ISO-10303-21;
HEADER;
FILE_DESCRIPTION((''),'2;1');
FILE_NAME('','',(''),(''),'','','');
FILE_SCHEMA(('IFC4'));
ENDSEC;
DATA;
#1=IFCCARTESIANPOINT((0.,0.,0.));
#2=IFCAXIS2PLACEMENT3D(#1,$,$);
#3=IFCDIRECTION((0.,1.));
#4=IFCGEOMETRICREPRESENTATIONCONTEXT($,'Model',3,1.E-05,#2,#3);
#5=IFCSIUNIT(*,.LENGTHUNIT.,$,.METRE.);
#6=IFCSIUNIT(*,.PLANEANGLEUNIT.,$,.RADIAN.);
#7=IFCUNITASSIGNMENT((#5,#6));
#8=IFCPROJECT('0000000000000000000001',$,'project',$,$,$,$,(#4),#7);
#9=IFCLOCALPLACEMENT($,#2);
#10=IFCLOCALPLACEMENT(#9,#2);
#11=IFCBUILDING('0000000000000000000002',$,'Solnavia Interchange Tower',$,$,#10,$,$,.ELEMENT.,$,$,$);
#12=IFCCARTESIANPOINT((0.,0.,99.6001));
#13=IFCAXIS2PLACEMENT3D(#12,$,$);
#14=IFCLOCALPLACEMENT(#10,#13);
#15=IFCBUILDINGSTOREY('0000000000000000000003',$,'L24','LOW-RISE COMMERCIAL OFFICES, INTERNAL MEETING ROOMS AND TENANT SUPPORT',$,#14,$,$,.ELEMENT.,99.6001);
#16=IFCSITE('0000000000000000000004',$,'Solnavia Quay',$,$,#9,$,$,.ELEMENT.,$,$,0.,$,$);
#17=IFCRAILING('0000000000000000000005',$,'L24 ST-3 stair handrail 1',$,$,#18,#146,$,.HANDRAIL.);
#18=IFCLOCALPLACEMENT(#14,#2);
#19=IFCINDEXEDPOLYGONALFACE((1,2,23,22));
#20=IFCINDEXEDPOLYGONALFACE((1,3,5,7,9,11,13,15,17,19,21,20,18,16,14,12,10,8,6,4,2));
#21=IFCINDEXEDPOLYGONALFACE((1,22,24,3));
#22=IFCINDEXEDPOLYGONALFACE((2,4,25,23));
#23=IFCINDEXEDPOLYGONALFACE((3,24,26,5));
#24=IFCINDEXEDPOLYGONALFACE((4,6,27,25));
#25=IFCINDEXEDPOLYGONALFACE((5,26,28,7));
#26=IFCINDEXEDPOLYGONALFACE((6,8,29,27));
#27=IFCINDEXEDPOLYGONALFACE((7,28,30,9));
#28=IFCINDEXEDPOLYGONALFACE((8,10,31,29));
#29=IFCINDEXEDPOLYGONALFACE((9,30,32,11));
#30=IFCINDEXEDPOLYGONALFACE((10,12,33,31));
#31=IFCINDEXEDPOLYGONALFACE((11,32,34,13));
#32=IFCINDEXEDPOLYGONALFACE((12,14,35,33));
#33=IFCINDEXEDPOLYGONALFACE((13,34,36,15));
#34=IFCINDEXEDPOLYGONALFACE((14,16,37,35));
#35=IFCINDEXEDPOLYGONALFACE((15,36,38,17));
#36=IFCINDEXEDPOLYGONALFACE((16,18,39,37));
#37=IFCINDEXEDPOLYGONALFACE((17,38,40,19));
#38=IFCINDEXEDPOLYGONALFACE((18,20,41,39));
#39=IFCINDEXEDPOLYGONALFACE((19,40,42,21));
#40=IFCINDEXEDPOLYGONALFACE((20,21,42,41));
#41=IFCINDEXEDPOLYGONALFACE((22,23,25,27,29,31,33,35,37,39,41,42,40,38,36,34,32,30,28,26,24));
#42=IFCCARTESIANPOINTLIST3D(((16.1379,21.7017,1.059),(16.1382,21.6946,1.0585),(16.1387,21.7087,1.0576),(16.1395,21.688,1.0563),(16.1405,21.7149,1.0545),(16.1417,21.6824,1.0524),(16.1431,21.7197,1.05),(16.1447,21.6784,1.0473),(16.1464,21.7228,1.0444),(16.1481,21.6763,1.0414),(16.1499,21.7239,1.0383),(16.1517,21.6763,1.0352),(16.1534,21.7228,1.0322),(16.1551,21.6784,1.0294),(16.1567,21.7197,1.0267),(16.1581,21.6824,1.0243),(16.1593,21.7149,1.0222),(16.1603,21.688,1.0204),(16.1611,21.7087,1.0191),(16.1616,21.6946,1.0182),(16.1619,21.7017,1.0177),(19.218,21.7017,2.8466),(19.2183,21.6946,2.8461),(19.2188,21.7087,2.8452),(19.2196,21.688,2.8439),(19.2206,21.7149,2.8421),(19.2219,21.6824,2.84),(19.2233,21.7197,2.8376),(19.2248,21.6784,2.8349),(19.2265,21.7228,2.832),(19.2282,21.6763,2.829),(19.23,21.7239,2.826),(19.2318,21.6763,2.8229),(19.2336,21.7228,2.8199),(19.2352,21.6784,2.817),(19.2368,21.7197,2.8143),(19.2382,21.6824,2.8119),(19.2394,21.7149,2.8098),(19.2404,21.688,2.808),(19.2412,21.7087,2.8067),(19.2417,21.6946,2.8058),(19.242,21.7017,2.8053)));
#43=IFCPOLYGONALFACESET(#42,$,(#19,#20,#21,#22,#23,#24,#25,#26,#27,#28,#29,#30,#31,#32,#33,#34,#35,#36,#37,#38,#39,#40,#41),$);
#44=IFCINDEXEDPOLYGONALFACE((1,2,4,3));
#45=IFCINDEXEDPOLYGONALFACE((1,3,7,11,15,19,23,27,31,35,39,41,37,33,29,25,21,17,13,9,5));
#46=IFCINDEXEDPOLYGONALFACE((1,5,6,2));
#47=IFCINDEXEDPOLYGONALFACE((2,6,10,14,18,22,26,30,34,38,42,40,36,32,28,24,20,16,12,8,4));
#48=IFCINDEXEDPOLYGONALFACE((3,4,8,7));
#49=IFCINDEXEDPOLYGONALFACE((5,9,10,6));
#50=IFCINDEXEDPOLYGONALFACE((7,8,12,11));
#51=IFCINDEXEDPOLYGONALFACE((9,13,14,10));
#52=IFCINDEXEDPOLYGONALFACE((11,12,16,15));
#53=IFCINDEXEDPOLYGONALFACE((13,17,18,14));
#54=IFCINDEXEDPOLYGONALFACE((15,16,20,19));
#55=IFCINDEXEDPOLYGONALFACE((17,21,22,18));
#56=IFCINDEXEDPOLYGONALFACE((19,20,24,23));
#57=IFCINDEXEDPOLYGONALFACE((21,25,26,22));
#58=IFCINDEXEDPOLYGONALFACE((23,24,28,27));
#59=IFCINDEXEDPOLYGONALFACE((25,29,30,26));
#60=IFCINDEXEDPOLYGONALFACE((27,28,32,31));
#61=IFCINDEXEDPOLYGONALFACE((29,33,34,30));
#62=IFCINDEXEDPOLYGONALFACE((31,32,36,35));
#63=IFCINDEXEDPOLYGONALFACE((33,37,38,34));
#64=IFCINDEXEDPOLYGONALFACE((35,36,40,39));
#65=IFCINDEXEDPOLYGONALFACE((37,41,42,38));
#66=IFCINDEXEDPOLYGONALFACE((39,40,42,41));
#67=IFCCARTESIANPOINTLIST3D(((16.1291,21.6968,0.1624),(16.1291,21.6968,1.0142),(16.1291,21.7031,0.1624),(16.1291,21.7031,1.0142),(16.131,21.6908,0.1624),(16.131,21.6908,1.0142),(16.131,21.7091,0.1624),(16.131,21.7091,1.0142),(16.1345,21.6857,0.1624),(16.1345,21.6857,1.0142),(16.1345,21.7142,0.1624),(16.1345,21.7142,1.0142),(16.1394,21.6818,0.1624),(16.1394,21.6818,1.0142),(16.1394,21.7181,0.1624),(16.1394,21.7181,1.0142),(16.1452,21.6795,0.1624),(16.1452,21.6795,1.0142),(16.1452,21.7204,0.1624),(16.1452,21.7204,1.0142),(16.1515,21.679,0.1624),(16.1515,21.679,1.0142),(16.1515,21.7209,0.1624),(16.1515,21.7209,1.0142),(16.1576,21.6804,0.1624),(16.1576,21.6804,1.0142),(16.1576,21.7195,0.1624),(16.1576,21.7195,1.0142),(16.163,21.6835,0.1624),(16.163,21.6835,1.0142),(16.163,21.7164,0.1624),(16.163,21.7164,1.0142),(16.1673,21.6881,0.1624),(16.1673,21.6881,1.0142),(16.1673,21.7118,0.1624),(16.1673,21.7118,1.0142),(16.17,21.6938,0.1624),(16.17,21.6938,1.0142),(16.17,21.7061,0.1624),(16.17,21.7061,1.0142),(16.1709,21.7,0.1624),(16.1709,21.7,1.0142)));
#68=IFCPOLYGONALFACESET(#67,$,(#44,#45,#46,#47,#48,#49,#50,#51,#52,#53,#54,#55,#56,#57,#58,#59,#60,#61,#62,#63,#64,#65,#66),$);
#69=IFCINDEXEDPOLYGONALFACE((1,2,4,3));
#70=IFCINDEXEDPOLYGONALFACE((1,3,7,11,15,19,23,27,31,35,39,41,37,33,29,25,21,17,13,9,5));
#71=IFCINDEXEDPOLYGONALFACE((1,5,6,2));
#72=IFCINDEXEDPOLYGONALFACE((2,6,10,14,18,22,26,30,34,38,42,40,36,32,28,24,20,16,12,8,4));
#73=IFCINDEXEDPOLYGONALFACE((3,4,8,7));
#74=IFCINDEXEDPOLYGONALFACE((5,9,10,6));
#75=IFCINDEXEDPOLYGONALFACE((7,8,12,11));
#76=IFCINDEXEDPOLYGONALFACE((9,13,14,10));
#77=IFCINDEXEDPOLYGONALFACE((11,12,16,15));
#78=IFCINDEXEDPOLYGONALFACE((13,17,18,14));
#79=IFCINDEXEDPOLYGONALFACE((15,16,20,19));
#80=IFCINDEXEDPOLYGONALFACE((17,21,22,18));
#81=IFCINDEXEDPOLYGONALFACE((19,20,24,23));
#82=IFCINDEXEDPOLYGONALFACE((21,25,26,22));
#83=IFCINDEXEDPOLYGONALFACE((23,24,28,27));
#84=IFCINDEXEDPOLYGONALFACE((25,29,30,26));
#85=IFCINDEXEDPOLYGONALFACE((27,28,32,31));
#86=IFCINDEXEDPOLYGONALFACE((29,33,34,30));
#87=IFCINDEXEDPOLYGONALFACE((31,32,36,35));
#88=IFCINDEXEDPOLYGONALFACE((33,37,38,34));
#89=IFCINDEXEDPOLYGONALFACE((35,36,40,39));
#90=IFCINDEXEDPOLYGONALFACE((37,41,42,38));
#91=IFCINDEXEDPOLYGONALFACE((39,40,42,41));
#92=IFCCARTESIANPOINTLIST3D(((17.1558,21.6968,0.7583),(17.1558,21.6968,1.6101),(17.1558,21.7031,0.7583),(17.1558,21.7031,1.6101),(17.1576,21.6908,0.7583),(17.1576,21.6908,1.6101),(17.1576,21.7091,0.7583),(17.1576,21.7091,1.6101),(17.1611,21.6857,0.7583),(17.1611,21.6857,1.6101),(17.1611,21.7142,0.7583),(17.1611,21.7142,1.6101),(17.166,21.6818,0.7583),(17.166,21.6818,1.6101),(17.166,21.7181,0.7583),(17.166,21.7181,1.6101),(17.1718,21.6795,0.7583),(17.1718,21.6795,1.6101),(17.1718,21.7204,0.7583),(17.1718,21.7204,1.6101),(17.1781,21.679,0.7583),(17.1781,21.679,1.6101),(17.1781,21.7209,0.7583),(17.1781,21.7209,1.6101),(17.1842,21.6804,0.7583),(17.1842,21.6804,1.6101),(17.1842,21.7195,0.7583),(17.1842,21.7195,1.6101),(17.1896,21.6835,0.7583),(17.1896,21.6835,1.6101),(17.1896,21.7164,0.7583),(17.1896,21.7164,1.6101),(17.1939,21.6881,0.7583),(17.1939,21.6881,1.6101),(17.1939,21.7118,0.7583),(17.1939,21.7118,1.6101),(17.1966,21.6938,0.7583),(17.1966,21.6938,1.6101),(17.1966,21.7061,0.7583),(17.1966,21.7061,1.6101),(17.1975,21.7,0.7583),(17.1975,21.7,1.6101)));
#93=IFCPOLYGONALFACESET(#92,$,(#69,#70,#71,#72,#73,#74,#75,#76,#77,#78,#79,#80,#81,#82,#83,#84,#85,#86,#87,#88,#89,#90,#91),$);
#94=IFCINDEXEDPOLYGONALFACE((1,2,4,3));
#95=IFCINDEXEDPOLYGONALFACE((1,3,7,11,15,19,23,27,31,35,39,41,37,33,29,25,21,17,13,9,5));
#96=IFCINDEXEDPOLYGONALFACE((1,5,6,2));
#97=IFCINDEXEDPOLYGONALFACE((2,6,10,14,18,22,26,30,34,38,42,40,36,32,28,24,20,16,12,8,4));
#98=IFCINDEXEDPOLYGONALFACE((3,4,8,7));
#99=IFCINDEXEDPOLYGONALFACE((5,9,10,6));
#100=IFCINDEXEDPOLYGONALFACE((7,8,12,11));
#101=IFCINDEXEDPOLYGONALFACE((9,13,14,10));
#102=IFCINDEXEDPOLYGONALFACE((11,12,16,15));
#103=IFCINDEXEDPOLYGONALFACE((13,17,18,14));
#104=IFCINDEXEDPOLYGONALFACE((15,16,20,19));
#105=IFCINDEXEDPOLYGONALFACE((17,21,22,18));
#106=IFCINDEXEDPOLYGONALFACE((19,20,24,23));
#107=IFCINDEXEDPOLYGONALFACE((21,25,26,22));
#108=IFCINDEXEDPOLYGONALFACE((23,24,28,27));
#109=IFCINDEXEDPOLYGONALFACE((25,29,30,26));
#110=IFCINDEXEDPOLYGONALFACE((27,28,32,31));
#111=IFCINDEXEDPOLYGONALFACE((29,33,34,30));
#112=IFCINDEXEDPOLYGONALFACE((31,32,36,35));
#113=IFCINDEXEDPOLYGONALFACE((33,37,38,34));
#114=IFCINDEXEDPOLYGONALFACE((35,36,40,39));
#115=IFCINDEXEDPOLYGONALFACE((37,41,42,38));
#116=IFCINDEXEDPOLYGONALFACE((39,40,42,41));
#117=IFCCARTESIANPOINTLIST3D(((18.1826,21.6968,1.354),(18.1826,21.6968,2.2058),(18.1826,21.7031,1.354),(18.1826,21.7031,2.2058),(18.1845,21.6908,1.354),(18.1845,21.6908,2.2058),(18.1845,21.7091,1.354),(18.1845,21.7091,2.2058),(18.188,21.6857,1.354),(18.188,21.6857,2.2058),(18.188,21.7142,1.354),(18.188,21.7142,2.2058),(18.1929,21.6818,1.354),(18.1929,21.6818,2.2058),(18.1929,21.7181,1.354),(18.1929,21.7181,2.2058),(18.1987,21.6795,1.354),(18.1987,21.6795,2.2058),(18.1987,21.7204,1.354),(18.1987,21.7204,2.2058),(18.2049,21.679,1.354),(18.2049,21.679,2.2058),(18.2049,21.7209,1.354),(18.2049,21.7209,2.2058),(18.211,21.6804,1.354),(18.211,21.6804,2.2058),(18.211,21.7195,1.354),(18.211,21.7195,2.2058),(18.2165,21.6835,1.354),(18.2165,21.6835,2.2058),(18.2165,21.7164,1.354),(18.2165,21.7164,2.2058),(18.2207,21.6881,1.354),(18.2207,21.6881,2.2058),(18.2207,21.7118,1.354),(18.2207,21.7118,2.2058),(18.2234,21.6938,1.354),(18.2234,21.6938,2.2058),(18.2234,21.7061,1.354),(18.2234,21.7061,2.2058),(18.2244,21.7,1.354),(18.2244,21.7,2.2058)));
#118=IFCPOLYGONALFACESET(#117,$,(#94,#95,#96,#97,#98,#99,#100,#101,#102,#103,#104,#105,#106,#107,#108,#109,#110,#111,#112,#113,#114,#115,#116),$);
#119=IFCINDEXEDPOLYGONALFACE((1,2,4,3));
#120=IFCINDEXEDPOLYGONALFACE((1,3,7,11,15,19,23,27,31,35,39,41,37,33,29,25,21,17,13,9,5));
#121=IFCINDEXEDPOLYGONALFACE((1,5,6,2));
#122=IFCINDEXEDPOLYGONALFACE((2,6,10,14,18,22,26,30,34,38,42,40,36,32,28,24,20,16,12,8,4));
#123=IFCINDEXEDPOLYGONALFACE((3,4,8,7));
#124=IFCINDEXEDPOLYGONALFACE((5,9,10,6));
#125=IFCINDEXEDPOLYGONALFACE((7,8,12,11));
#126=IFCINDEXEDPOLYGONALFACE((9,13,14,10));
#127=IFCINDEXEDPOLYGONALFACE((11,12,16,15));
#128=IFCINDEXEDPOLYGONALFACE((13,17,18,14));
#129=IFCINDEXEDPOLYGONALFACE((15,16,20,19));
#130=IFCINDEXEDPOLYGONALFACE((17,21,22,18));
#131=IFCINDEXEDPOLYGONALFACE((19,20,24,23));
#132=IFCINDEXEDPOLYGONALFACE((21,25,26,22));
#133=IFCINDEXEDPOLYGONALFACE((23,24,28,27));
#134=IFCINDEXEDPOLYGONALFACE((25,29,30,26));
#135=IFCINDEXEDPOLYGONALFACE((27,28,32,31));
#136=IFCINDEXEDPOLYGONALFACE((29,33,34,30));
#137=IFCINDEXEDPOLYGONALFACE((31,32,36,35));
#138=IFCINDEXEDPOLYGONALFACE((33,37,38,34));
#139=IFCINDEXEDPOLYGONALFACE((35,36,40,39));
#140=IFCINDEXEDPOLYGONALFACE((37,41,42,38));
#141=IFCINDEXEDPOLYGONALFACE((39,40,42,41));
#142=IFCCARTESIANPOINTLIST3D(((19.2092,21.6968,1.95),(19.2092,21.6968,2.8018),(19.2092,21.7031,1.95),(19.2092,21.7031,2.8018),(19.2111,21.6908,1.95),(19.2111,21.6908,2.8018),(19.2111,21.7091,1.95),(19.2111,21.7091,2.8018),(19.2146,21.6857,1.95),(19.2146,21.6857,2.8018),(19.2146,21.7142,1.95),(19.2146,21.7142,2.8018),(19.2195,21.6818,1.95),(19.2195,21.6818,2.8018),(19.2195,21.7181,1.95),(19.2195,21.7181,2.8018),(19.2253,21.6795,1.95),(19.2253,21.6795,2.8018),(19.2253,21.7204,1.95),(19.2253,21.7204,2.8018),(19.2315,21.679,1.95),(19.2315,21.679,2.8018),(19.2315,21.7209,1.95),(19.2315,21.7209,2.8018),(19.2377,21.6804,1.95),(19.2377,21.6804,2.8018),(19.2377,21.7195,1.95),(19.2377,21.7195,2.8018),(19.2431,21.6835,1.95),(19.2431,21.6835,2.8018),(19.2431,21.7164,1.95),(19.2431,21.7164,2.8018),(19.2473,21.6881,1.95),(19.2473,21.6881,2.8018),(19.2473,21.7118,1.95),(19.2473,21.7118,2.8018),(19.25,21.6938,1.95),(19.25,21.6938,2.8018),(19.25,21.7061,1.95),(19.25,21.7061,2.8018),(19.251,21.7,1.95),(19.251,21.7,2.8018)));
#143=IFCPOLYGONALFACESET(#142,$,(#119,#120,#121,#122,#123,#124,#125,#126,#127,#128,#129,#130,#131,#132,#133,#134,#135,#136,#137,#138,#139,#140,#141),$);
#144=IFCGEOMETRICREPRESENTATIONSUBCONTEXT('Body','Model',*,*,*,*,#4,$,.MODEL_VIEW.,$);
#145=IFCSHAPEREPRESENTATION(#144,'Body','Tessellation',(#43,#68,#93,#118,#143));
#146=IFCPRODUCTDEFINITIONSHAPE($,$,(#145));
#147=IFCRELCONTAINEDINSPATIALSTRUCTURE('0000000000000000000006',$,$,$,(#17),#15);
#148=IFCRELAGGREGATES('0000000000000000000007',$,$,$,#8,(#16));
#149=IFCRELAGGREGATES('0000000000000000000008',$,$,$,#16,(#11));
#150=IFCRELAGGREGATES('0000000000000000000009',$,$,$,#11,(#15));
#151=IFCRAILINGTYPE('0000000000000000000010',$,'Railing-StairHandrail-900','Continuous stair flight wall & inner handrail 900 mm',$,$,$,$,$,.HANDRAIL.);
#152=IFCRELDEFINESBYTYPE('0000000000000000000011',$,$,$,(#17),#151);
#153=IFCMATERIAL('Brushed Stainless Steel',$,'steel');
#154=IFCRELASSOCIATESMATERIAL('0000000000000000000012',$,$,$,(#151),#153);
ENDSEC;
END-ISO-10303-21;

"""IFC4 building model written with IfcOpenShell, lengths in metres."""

from ifc_helpers import new_model, si_unit, direction, frame, origin, origin_2d, place, context, subcontext, project, spatial, circle, extrude, material, type_object, element, save


model = new_model("IFC4")

# Units and contexts
model_context = context("Model", 3, precision=1e-05, world=origin(), true_north=direction((0.0, 1.0)))
body_context = subcontext(model_context, "Body", "Model", "MODEL_VIEW")
ifc_project = project(units=[si_unit("LENGTHUNIT", "METRE"), si_unit("PLANEANGLEUNIT", "RADIAN")], contexts=[model_context])

# Site, building, storey
site_placement = place(None, origin())
site = spatial("IfcSite", under=ifc_project, at=site_placement, Name="Solnavia Quay", CompositionType="ELEMENT", RefElevation=0.0)
building_placement = place(site_placement, origin())
building = spatial("IfcBuilding", under=site, at=building_placement, Name="Solnavia Interchange Tower", CompositionType="ELEMENT")
storey_placement = place(building_placement, frame((0.0, 0.0, 99.6001)))
storey = spatial("IfcBuildingStorey", under=building, at=storey_placement, Name="L24", Description="LOW-RISE COMMERCIAL OFFICES, INTERNAL MEETING ROOMS AND TENANT SUPPORT", CompositionType="ELEMENT", Elevation=99.6001)

# Railing
ifc_material_1 = material(Name="Brushed Stainless Steel", Category="steel")
railing_type_1 = type_object("IfcRailingType", Name="Railing-StairHandrail-900", Description="Continuous stair flight wall & inner handrail 900 mm", PredefinedType="HANDRAIL", material=ifc_material_1)
railing_1_placement = place(storey_placement, frame((16.1499, 21.7, 0.1624)))
element("IfcRailing", 1, at=railing_1_placement, inside=storey, type_object=railing_type_1, Name="L24 ST-3 stair handrail 1", PredefinedType="HANDRAIL", context=body_context, shape_type="SweptSolid", body=[
    extrude(circle(Radius=0.0239, at=origin_2d()), frame((0.0, 0.0, 0.876), z_axis=(0.864891, 0.0, 0.50196), x_axis=(0.0, 1.0, 0.0)), (0.0, 0.0, 1.0), 3.5613),
    extrude(circle(Radius=0.021, at=origin_2d()), origin(), (0.0, 0.0, 1.0), 0.8518),
    extrude(circle(Radius=0.021, at=origin_2d()), frame((1.0266, 0.0, 0.5959)), (0.0, 0.0, 1.0), 0.8518),
    extrude(circle(Radius=0.021, at=origin_2d()), frame((2.0535, 0.0, 1.1917)), (0.0, 0.0, 1.0), 0.8518),
    extrude(circle(Radius=0.021, at=origin_2d()), frame((3.0801, 0.0, 1.7876)), (0.0, 0.0, 1.0), 0.8518),
])

save(model, "model.ifc")
